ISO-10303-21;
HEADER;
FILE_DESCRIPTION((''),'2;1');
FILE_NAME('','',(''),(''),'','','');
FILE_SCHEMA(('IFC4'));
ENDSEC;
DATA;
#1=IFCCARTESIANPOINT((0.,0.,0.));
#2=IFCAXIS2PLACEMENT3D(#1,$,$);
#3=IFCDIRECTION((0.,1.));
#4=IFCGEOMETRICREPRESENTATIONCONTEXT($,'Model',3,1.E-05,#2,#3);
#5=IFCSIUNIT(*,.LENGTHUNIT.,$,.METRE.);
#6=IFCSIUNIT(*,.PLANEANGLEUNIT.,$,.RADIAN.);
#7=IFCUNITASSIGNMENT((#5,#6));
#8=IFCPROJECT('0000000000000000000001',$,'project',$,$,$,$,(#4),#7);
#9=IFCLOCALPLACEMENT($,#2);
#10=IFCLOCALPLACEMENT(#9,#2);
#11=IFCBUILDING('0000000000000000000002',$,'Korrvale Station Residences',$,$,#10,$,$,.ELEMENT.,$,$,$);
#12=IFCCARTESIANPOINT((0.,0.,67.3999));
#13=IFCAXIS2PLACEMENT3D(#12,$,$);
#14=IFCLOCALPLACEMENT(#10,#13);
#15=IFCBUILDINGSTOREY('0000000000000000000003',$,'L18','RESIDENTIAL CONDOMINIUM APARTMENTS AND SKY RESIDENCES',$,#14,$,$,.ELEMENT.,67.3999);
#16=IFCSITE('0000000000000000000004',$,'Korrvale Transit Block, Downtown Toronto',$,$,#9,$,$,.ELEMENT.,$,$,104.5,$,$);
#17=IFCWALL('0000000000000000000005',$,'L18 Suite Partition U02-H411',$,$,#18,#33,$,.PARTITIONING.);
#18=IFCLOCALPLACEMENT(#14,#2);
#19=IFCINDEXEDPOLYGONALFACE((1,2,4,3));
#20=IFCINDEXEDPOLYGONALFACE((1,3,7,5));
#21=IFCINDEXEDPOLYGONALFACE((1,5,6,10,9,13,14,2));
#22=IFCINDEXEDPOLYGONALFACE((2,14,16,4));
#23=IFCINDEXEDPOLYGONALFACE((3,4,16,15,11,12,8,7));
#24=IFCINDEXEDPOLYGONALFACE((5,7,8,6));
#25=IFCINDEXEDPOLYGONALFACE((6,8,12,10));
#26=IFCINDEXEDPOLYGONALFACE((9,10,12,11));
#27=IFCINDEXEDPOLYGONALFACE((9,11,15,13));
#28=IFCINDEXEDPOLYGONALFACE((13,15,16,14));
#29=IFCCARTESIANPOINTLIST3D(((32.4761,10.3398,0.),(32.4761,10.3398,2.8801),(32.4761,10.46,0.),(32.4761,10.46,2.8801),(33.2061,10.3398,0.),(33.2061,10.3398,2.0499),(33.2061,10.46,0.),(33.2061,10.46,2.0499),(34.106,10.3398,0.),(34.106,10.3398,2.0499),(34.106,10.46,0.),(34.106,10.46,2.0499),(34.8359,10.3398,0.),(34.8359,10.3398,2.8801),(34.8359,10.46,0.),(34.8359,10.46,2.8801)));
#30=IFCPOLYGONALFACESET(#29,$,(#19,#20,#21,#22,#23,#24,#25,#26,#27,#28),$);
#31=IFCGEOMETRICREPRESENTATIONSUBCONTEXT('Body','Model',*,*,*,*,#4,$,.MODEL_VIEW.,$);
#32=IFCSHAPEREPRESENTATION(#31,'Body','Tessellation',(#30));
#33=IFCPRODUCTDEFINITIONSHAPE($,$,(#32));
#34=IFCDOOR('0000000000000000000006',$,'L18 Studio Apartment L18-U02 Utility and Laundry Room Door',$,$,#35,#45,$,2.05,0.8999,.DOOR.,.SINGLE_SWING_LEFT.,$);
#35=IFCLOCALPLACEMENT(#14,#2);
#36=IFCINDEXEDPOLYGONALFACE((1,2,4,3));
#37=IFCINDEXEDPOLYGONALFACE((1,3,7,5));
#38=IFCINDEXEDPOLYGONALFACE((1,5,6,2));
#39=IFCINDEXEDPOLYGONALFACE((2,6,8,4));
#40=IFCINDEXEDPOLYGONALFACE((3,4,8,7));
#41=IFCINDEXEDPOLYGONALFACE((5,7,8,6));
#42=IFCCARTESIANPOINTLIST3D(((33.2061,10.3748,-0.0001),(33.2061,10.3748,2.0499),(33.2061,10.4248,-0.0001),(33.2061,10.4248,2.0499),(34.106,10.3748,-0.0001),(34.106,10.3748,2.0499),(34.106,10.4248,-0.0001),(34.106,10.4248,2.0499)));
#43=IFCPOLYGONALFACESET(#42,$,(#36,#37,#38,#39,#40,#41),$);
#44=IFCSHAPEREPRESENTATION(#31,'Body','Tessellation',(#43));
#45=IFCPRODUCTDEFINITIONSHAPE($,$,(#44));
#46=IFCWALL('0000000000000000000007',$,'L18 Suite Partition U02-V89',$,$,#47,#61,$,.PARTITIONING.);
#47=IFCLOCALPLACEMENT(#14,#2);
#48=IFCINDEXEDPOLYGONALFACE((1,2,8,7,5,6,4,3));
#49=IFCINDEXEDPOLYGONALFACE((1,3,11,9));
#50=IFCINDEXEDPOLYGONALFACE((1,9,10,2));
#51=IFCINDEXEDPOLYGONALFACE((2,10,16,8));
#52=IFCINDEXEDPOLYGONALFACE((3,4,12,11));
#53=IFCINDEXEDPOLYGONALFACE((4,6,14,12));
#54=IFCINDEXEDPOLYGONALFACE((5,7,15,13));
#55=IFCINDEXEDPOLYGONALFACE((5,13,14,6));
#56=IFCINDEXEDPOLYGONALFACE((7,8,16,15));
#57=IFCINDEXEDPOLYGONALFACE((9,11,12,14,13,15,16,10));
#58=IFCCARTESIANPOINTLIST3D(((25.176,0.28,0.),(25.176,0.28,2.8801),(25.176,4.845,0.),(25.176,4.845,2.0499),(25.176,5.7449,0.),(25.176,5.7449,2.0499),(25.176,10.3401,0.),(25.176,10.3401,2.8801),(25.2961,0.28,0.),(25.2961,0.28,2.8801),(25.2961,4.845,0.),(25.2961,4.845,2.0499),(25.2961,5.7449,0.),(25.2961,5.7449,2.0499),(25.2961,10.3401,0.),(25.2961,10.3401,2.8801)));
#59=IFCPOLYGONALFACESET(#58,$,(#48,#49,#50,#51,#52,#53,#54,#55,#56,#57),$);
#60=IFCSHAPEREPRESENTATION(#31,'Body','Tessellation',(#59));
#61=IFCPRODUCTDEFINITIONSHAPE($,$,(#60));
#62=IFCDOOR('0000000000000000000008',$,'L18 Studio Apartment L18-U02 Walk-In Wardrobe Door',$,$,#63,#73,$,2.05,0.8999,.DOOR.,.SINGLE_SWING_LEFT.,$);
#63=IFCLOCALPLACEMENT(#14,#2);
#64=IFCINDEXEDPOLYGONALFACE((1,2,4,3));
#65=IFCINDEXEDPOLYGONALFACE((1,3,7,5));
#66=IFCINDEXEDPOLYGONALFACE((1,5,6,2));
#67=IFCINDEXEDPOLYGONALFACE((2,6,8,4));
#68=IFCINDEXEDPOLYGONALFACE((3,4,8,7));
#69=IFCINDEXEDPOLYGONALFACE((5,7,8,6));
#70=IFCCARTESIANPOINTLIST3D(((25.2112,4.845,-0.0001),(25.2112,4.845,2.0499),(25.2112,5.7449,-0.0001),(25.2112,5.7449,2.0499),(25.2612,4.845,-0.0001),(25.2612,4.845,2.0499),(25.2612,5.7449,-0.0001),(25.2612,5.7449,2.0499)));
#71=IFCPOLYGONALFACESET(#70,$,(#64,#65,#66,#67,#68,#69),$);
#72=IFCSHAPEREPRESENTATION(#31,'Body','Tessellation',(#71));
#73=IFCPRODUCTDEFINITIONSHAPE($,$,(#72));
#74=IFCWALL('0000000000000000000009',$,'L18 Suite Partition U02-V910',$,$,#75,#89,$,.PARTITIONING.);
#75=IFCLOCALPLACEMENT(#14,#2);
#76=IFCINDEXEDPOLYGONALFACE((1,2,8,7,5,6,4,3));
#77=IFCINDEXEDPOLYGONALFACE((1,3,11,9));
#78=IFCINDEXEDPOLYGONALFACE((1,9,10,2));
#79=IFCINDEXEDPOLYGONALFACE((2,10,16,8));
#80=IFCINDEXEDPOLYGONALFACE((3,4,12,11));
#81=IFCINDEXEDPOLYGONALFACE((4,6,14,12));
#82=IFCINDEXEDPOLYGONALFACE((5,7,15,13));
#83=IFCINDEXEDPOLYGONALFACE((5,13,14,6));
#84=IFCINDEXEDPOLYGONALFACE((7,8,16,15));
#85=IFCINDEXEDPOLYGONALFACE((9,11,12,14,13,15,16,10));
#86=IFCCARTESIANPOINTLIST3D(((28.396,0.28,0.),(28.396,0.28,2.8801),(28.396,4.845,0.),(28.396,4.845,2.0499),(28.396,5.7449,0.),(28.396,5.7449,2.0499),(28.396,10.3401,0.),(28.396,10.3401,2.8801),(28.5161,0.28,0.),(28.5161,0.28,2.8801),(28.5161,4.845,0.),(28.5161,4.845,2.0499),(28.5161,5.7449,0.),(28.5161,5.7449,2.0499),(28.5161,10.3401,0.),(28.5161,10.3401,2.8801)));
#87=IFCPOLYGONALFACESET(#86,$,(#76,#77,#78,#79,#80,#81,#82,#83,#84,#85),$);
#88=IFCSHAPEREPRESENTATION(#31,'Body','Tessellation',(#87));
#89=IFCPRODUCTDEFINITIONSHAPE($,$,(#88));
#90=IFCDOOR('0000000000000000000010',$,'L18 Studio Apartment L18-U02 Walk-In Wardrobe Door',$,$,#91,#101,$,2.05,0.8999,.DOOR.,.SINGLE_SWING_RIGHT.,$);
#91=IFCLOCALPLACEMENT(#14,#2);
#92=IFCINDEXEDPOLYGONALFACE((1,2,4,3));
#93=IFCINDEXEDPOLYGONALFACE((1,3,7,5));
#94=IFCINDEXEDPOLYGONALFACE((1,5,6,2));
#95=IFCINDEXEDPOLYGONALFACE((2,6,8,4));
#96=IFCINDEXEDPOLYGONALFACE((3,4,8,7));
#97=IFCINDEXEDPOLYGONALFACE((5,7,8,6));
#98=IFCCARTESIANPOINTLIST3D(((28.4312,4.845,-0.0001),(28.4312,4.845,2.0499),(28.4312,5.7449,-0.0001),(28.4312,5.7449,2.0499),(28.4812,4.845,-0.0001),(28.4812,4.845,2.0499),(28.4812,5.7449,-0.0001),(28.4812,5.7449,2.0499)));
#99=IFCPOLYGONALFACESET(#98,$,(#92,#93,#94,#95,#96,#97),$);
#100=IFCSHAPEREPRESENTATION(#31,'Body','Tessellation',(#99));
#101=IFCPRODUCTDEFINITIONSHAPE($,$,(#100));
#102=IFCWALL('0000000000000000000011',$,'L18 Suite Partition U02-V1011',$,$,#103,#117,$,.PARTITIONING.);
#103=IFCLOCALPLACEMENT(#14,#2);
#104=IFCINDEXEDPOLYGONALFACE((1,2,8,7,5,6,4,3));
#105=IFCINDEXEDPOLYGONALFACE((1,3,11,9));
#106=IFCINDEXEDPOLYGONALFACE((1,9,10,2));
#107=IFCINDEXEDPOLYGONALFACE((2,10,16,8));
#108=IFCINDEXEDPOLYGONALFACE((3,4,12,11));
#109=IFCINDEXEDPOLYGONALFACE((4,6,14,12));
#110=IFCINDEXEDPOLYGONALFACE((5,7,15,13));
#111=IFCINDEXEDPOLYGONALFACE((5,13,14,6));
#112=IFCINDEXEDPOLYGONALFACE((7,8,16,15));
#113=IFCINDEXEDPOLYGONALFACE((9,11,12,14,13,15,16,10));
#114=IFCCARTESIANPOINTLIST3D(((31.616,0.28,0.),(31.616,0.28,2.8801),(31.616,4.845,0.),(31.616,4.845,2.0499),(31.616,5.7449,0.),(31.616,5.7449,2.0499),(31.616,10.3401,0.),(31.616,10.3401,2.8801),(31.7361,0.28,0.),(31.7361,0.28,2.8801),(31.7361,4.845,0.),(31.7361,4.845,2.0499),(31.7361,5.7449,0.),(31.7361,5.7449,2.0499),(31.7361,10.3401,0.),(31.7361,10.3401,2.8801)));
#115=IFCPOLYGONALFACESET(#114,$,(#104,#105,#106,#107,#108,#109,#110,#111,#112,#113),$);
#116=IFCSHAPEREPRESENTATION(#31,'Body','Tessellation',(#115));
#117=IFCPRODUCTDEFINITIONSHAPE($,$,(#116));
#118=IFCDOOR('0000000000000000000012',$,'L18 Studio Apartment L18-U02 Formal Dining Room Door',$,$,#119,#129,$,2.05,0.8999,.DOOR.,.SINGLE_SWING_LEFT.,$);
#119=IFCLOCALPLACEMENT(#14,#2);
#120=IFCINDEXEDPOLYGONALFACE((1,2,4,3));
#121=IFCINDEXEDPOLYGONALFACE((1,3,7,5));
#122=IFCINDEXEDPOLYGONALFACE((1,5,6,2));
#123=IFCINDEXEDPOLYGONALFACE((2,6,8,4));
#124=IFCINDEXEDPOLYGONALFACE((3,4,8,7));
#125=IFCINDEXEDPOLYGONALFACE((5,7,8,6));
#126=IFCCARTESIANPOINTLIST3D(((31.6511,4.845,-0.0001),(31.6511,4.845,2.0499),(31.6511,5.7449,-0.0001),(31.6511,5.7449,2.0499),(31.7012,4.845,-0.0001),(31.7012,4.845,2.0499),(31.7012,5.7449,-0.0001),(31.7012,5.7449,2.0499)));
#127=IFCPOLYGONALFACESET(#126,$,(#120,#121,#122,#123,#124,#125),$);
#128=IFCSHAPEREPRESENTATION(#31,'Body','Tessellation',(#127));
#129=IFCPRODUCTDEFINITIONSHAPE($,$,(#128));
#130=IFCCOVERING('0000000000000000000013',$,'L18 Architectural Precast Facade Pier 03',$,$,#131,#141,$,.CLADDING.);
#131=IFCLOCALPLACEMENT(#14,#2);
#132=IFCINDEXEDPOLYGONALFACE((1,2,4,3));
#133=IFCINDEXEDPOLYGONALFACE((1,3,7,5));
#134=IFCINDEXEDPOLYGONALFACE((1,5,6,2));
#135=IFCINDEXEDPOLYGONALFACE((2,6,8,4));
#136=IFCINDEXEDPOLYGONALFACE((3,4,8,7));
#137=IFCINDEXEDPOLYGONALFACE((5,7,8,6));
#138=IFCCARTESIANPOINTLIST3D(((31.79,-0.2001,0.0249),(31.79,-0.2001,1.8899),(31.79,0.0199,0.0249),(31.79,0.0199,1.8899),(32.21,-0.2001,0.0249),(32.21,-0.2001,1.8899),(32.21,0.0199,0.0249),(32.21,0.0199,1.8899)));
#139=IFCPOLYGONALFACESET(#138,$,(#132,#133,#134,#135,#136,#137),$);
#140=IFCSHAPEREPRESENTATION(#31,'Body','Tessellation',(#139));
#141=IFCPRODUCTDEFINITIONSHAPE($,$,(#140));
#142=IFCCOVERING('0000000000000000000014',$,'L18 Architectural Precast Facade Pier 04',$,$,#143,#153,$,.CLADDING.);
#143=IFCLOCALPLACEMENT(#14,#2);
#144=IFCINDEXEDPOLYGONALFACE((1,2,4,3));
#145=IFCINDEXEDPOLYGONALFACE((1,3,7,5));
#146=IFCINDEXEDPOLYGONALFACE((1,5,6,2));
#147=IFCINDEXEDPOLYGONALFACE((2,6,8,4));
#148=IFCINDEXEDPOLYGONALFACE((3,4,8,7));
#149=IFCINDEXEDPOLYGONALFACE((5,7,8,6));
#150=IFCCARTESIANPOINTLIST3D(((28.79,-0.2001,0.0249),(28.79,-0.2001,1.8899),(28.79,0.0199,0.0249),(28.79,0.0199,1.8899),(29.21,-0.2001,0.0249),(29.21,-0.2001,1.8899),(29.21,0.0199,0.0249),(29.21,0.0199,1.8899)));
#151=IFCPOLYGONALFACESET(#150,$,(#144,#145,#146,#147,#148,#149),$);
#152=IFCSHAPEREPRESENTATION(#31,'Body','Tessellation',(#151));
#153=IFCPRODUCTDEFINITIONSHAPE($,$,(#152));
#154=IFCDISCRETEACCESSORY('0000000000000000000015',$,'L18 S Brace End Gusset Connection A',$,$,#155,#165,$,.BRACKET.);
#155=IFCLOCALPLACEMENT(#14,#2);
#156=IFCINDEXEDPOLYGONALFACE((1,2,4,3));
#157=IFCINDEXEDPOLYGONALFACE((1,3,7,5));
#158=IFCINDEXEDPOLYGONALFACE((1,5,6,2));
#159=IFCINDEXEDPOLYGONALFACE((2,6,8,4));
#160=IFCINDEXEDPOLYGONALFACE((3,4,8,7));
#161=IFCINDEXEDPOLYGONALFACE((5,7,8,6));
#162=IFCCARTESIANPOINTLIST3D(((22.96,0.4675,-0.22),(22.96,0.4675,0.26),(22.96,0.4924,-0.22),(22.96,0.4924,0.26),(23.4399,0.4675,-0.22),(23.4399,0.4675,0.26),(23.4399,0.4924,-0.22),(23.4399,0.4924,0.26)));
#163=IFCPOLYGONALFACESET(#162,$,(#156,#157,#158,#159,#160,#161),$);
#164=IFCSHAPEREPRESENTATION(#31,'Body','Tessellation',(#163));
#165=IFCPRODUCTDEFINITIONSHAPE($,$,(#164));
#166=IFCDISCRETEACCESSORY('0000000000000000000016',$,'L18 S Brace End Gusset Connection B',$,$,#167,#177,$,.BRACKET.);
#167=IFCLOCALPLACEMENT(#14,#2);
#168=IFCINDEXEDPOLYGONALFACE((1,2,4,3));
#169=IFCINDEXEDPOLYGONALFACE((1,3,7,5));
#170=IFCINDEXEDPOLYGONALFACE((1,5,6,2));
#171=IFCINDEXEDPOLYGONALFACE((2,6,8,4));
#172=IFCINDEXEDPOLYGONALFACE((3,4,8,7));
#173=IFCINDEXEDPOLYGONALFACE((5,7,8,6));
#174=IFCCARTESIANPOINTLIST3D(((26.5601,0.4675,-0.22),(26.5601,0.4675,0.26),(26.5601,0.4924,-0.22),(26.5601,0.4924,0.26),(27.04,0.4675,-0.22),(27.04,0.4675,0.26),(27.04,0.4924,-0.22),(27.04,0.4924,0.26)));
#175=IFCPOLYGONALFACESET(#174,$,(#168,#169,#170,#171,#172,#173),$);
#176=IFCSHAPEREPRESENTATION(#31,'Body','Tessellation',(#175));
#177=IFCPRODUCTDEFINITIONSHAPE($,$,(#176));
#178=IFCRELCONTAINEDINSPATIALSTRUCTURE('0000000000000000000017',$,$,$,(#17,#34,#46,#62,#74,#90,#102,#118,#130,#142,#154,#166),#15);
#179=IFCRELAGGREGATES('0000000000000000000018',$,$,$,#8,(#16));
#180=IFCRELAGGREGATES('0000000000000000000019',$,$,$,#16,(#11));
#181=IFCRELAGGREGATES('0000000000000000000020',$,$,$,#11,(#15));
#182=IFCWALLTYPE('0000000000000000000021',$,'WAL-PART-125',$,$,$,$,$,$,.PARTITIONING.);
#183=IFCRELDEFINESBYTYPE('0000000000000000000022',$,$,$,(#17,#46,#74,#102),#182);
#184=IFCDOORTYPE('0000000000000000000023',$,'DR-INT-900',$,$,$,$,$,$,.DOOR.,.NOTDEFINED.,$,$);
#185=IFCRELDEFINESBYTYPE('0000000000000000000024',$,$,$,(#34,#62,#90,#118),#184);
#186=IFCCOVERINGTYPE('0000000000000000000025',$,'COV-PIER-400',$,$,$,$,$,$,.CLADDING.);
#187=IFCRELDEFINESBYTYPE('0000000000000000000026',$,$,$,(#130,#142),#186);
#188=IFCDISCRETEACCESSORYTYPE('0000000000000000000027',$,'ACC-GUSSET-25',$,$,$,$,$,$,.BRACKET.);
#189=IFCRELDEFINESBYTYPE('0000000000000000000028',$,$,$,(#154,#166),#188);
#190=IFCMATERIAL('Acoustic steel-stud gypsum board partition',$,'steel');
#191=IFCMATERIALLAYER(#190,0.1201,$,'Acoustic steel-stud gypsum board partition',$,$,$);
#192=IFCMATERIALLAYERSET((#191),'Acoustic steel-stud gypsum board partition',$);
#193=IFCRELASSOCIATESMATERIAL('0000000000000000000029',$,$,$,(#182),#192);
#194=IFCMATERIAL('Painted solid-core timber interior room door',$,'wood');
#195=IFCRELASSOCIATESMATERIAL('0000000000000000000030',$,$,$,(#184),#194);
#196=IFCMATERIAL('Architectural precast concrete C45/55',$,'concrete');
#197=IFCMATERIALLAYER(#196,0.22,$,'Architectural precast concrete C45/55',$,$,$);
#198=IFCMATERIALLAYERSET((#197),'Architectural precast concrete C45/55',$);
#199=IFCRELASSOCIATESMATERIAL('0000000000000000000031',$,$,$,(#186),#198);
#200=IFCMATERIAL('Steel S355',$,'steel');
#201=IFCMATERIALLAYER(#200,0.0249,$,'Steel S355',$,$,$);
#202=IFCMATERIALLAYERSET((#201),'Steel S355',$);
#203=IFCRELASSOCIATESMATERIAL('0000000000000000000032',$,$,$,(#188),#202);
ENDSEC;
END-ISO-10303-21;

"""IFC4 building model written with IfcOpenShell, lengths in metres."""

from ifc_helpers import new_model, si_unit, direction, frame, frame_2d, origin, origin_2d, place, context, subcontext, project, spatial, rectangle, extrude, material, layer, layer_set, type_object, element, fill, save


model = new_model("IFC4")

# Units and contexts
model_context = context("Model", 3, precision=1e-05, world=origin(), true_north=direction((0.0, 1.0)))
body_context = subcontext(model_context, "Body", "Model", "MODEL_VIEW")
ifc_project = project(units=[si_unit("LENGTHUNIT", "METRE"), si_unit("PLANEANGLEUNIT", "RADIAN")], contexts=[model_context])

# Site, building, storey
site_placement = place(None, origin())
site = spatial("IfcSite", under=ifc_project, at=site_placement, Name="Korrvale Transit Block, Downtown Toronto", CompositionType="ELEMENT", RefElevation=104.5)
building_placement = place(site_placement, origin())
building = spatial("IfcBuilding", under=site, at=building_placement, Name="Korrvale Station Residences", CompositionType="ELEMENT")
storey_placement = place(building_placement, frame((0.0, 0.0, 67.3999)))
storey = spatial("IfcBuildingStorey", under=building, at=storey_placement, Name="L18", Description="RESIDENTIAL CONDOMINIUM APARTMENTS AND SKY RESIDENCES", CompositionType="ELEMENT", Elevation=67.3999)

# Shared definitions
ifc_material_1 = material(Name="Steel S355", Category="steel")

# Shared definitions
ifc_material_2 = material(Name="Acoustic steel-stud gypsum board partition", Category="steel")
ifc_layer_1 = layer(ifc_material_2, 0.1201, Name="Acoustic steel-stud gypsum board partition")
ifc_layer_set_1 = layer_set([ifc_layer_1], Name="Acoustic steel-stud gypsum board partition")
wall_type = type_object("IfcWallType", Name="WAL-PART-125", PredefinedType="PARTITIONING", material=ifc_layer_set_1)
ifc_material_3 = material(Name="Painted solid-core timber interior room door", Category="wood")
door_type = type_object("IfcDoorType", Name="DR-INT-900", OperationType="NOTDEFINED", PredefinedType="DOOR", material=ifc_material_3)

# Walls, openings, doors
wall_1_placement = place(storey_placement, frame((32.4761, 10.3999, 0.0), z_axis=(0.0, 0.0, 1.0), x_axis=(1.0, 0.0, 0.0)))
wall_1 = element("IfcWall", 1, at=wall_1_placement, inside=storey, type_object=wall_type, Name="L18 Suite Partition U02-H411", PredefinedType="PARTITIONING", context=body_context, shape_type="SweptSolid", body=[
    extrude(rectangle(XDim=2.3599, YDim=0.1201, at=frame_2d((1.1799, 0.0))), origin(), (0.0, 0.0, 1.0), 2.8801),
])
opening_1_placement = place(wall_1_placement, frame((0.73, 0.0, 0.0)))
opening_1 = element("IfcOpeningElement", 2, at=opening_1_placement, cuts=wall_1, PredefinedType="OPENING", context=body_context, shape_type="SweptSolid", body=[
    extrude(rectangle(XDim=0.8999, YDim=2.05, at=frame_2d((0.45, 1.0249))), frame((0.0, 0.0701, 0.0), z_axis=(0.0, -1.0, 0.0), x_axis=(1.0, 0.0, 0.0)), (0.0, 0.0, 1.0), 0.1401),
])
door_1_placement = place(opening_1_placement, origin())
door_1 = element("IfcDoor", 3, at=door_1_placement, inside=storey, type_object=door_type, Name="L18 Studio Apartment L18-U02 Utility and Laundry Room Door", OperationType="SINGLE_SWING_LEFT", OverallHeight=2.05, OverallWidth=0.8999, PredefinedType="DOOR", context=body_context, shape_type="SweptSolid", body=[
    extrude(rectangle(XDim=0.8999, YDim=2.05, at=frame_2d((0.45, 1.0249))), frame((0.0, 0.0249, 0.0), z_axis=(0.0, -1.0, 0.0), x_axis=(1.0, 0.0, 0.0)), (0.0, 0.0, 1.0), 0.05),
])
fill(opening_1, door_1)
wall_2_placement = place(storey_placement, frame((25.2361, 0.28, 0.0), z_axis=(0.0, 0.0, 1.0), x_axis=(0.0, 1.0, 0.0)))
wall_2 = element("IfcWall", 4, at=wall_2_placement, inside=storey, type_object=wall_type, Name="L18 Suite Partition U02-V89", PredefinedType="PARTITIONING", context=body_context, shape_type="SweptSolid", body=[
    extrude(rectangle(XDim=10.0601, YDim=0.1201, at=frame_2d((5.03, 0.0))), origin(), (0.0, 0.0, 1.0), 2.8801),
])
opening_2_placement = place(wall_2_placement, frame((4.5649, 0.0, 0.0)))
opening_2 = element("IfcOpeningElement", 5, at=opening_2_placement, cuts=wall_2, PredefinedType="OPENING", context=body_context, shape_type="SweptSolid", body=[
    extrude(rectangle(XDim=0.8999, YDim=2.05, at=frame_2d((0.45, 1.0249))), frame((0.0, 0.0701, 0.0), z_axis=(0.0, -1.0, 0.0), x_axis=(1.0, 0.0, 0.0)), (0.0, 0.0, 1.0), 0.1401),
])
door_2_placement = place(opening_2_placement, origin())
door_2 = element("IfcDoor", 6, at=door_2_placement, inside=storey, type_object=door_type, Name="L18 Studio Apartment L18-U02 Walk-In Wardrobe Door", OperationType="SINGLE_SWING_LEFT", OverallHeight=2.05, OverallWidth=0.8999, PredefinedType="DOOR", context=body_context, shape_type="SweptSolid", body=[
    extrude(rectangle(XDim=0.8999, YDim=2.05, at=frame_2d((0.45, 1.0249))), frame((0.0, 0.0249, 0.0), z_axis=(0.0, -1.0, 0.0), x_axis=(1.0, 0.0, 0.0)), (0.0, 0.0, 1.0), 0.05),
])
fill(opening_2, door_2)
wall_3_placement = place(storey_placement, frame((28.4561, 0.28, 0.0), z_axis=(0.0, 0.0, 1.0), x_axis=(0.0, 1.0, 0.0)))
wall_3 = element("IfcWall", 7, at=wall_3_placement, inside=storey, type_object=wall_type, Name="L18 Suite Partition U02-V910", PredefinedType="PARTITIONING", context=body_context, shape_type="SweptSolid", body=[
    extrude(rectangle(XDim=10.0601, YDim=0.1201, at=frame_2d((5.03, 0.0))), origin(), (0.0, 0.0, 1.0), 2.8801),
])
opening_3_placement = place(wall_3_placement, frame((4.5649, 0.0, 0.0)))
opening_3 = element("IfcOpeningElement", 8, at=opening_3_placement, cuts=wall_3, PredefinedType="OPENING", context=body_context, shape_type="SweptSolid", body=[
    extrude(rectangle(XDim=0.8999, YDim=2.05, at=frame_2d((0.45, 1.0249))), frame((0.0, 0.0701, 0.0), z_axis=(0.0, -1.0, 0.0), x_axis=(1.0, 0.0, 0.0)), (0.0, 0.0, 1.0), 0.1401),
])
door_3_placement = place(opening_3_placement, origin())
door_3 = element("IfcDoor", 9, at=door_3_placement, inside=storey, type_object=door_type, Name="L18 Studio Apartment L18-U02 Walk-In Wardrobe Door", OperationType="SINGLE_SWING_RIGHT", OverallHeight=2.05, OverallWidth=0.8999, PredefinedType="DOOR", context=body_context, shape_type="SweptSolid", body=[
    extrude(rectangle(XDim=0.8999, YDim=2.05, at=frame_2d((0.45, 1.0249))), frame((0.0, 0.0249, 0.0), z_axis=(0.0, -1.0, 0.0), x_axis=(1.0, 0.0, 0.0)), (0.0, 0.0, 1.0), 0.05),
])
fill(opening_3, door_3)
wall_4_placement = place(storey_placement, frame((31.676, 0.28, 0.0), z_axis=(0.0, 0.0, 1.0), x_axis=(0.0, 1.0, 0.0)))
wall_4 = element("IfcWall", 10, at=wall_4_placement, inside=storey, type_object=wall_type, Name="L18 Suite Partition U02-V1011", PredefinedType="PARTITIONING", context=body_context, shape_type="SweptSolid", body=[
    extrude(rectangle(XDim=10.0601, YDim=0.1201, at=frame_2d((5.03, 0.0))), origin(), (0.0, 0.0, 1.0), 2.8801),
])
opening_4_placement = place(wall_4_placement, frame((4.5649, 0.0, 0.0)))
opening_4 = element("IfcOpeningElement", 11, at=opening_4_placement, cuts=wall_4, PredefinedType="OPENING", context=body_context, shape_type="SweptSolid", body=[
    extrude(rectangle(XDim=0.8999, YDim=2.05, at=frame_2d((0.45, 1.0249))), frame((0.0, 0.0701, 0.0), z_axis=(0.0, -1.0, 0.0), x_axis=(1.0, 0.0, 0.0)), (0.0, 0.0, 1.0), 0.1401),
])
door_4_placement = place(opening_4_placement, origin())
door_4 = element("IfcDoor", 12, at=door_4_placement, inside=storey, type_object=door_type, Name="L18 Studio Apartment L18-U02 Formal Dining Room Door", OperationType="SINGLE_SWING_LEFT", OverallHeight=2.05, OverallWidth=0.8999, PredefinedType="DOOR", context=body_context, shape_type="SweptSolid", body=[
    extrude(rectangle(XDim=0.8999, YDim=2.05, at=frame_2d((0.45, 1.0249))), frame((0.0, 0.0249, 0.0), z_axis=(0.0, -1.0, 0.0), x_axis=(1.0, 0.0, 0.0)), (0.0, 0.0, 1.0), 0.05),
])
fill(opening_4, door_4)

# Coverings
ifc_material_4 = material(Name="Architectural precast concrete C45/55", Category="concrete")
ifc_layer_2 = layer(ifc_material_4, 0.22, Name="Architectural precast concrete C45/55")
ifc_layer_set_2 = layer_set([ifc_layer_2], Name="Architectural precast concrete C45/55")
covering_type = type_object("IfcCoveringType", Name="COV-PIER-400", PredefinedType="CLADDING", material=ifc_layer_set_2)
for number, where, z_axis, x_axis, name in (
    (13, (32.0, -0.0901, 0.0249), (0.0, 0.0, 1.0), (1.0, 0.0, 0.0), "L18 Architectural Precast Facade Pier 03"),
    (14, (29.0, -0.0901, 0.0249), (0.0, 0.0, 1.0), (1.0, 0.0, 0.0), "L18 Architectural Precast Facade Pier 04"),
):
    element("IfcCovering", number, at=place(storey_placement, frame(where, z_axis=z_axis, x_axis=x_axis)), inside=storey, type_object=covering_type, Name=name, PredefinedType="CLADDING", context=body_context, shape_type="SweptSolid", body=[
        extrude(rectangle(XDim=0.4199, YDim=0.22, at=origin_2d()), origin(), (0.0, 0.0, 1.0), 1.865),
    ])

# Discrete accessories
ifc_layer_3 = layer(ifc_material_1, 0.0249, Name="Steel S355")
ifc_layer_set_3 = layer_set([ifc_layer_3], Name="Steel S355")
discrete_accessory_type = type_object("IfcDiscreteAccessoryType", Name="ACC-GUSSET-25", PredefinedType="BRACKET", material=ifc_layer_set_3)
for number, where, z_axis, x_axis, name in (
    (15, (23.2, 0.48, -0.22), (0.0, 0.0, 1.0), (1.0, 0.0, 0.0), "L18 S Brace End Gusset Connection A"),
    (16, (26.8, 0.48, -0.22), (0.0, 0.0, 1.0), (1.0, 0.0, 0.0), "L18 S Brace End Gusset Connection B"),
):
    element("IfcDiscreteAccessory", number, at=place(storey_placement, frame(where, z_axis=z_axis, x_axis=x_axis)), inside=storey, type_object=discrete_accessory_type, Name=name, PredefinedType="BRACKET", context=body_context, shape_type="SweptSolid", body=[
        extrude(rectangle(XDim=0.48, YDim=0.0249, at=origin_2d()), origin(), (0.0, 0.0, 1.0), 0.48),
    ])

save(model, "model.ifc")
